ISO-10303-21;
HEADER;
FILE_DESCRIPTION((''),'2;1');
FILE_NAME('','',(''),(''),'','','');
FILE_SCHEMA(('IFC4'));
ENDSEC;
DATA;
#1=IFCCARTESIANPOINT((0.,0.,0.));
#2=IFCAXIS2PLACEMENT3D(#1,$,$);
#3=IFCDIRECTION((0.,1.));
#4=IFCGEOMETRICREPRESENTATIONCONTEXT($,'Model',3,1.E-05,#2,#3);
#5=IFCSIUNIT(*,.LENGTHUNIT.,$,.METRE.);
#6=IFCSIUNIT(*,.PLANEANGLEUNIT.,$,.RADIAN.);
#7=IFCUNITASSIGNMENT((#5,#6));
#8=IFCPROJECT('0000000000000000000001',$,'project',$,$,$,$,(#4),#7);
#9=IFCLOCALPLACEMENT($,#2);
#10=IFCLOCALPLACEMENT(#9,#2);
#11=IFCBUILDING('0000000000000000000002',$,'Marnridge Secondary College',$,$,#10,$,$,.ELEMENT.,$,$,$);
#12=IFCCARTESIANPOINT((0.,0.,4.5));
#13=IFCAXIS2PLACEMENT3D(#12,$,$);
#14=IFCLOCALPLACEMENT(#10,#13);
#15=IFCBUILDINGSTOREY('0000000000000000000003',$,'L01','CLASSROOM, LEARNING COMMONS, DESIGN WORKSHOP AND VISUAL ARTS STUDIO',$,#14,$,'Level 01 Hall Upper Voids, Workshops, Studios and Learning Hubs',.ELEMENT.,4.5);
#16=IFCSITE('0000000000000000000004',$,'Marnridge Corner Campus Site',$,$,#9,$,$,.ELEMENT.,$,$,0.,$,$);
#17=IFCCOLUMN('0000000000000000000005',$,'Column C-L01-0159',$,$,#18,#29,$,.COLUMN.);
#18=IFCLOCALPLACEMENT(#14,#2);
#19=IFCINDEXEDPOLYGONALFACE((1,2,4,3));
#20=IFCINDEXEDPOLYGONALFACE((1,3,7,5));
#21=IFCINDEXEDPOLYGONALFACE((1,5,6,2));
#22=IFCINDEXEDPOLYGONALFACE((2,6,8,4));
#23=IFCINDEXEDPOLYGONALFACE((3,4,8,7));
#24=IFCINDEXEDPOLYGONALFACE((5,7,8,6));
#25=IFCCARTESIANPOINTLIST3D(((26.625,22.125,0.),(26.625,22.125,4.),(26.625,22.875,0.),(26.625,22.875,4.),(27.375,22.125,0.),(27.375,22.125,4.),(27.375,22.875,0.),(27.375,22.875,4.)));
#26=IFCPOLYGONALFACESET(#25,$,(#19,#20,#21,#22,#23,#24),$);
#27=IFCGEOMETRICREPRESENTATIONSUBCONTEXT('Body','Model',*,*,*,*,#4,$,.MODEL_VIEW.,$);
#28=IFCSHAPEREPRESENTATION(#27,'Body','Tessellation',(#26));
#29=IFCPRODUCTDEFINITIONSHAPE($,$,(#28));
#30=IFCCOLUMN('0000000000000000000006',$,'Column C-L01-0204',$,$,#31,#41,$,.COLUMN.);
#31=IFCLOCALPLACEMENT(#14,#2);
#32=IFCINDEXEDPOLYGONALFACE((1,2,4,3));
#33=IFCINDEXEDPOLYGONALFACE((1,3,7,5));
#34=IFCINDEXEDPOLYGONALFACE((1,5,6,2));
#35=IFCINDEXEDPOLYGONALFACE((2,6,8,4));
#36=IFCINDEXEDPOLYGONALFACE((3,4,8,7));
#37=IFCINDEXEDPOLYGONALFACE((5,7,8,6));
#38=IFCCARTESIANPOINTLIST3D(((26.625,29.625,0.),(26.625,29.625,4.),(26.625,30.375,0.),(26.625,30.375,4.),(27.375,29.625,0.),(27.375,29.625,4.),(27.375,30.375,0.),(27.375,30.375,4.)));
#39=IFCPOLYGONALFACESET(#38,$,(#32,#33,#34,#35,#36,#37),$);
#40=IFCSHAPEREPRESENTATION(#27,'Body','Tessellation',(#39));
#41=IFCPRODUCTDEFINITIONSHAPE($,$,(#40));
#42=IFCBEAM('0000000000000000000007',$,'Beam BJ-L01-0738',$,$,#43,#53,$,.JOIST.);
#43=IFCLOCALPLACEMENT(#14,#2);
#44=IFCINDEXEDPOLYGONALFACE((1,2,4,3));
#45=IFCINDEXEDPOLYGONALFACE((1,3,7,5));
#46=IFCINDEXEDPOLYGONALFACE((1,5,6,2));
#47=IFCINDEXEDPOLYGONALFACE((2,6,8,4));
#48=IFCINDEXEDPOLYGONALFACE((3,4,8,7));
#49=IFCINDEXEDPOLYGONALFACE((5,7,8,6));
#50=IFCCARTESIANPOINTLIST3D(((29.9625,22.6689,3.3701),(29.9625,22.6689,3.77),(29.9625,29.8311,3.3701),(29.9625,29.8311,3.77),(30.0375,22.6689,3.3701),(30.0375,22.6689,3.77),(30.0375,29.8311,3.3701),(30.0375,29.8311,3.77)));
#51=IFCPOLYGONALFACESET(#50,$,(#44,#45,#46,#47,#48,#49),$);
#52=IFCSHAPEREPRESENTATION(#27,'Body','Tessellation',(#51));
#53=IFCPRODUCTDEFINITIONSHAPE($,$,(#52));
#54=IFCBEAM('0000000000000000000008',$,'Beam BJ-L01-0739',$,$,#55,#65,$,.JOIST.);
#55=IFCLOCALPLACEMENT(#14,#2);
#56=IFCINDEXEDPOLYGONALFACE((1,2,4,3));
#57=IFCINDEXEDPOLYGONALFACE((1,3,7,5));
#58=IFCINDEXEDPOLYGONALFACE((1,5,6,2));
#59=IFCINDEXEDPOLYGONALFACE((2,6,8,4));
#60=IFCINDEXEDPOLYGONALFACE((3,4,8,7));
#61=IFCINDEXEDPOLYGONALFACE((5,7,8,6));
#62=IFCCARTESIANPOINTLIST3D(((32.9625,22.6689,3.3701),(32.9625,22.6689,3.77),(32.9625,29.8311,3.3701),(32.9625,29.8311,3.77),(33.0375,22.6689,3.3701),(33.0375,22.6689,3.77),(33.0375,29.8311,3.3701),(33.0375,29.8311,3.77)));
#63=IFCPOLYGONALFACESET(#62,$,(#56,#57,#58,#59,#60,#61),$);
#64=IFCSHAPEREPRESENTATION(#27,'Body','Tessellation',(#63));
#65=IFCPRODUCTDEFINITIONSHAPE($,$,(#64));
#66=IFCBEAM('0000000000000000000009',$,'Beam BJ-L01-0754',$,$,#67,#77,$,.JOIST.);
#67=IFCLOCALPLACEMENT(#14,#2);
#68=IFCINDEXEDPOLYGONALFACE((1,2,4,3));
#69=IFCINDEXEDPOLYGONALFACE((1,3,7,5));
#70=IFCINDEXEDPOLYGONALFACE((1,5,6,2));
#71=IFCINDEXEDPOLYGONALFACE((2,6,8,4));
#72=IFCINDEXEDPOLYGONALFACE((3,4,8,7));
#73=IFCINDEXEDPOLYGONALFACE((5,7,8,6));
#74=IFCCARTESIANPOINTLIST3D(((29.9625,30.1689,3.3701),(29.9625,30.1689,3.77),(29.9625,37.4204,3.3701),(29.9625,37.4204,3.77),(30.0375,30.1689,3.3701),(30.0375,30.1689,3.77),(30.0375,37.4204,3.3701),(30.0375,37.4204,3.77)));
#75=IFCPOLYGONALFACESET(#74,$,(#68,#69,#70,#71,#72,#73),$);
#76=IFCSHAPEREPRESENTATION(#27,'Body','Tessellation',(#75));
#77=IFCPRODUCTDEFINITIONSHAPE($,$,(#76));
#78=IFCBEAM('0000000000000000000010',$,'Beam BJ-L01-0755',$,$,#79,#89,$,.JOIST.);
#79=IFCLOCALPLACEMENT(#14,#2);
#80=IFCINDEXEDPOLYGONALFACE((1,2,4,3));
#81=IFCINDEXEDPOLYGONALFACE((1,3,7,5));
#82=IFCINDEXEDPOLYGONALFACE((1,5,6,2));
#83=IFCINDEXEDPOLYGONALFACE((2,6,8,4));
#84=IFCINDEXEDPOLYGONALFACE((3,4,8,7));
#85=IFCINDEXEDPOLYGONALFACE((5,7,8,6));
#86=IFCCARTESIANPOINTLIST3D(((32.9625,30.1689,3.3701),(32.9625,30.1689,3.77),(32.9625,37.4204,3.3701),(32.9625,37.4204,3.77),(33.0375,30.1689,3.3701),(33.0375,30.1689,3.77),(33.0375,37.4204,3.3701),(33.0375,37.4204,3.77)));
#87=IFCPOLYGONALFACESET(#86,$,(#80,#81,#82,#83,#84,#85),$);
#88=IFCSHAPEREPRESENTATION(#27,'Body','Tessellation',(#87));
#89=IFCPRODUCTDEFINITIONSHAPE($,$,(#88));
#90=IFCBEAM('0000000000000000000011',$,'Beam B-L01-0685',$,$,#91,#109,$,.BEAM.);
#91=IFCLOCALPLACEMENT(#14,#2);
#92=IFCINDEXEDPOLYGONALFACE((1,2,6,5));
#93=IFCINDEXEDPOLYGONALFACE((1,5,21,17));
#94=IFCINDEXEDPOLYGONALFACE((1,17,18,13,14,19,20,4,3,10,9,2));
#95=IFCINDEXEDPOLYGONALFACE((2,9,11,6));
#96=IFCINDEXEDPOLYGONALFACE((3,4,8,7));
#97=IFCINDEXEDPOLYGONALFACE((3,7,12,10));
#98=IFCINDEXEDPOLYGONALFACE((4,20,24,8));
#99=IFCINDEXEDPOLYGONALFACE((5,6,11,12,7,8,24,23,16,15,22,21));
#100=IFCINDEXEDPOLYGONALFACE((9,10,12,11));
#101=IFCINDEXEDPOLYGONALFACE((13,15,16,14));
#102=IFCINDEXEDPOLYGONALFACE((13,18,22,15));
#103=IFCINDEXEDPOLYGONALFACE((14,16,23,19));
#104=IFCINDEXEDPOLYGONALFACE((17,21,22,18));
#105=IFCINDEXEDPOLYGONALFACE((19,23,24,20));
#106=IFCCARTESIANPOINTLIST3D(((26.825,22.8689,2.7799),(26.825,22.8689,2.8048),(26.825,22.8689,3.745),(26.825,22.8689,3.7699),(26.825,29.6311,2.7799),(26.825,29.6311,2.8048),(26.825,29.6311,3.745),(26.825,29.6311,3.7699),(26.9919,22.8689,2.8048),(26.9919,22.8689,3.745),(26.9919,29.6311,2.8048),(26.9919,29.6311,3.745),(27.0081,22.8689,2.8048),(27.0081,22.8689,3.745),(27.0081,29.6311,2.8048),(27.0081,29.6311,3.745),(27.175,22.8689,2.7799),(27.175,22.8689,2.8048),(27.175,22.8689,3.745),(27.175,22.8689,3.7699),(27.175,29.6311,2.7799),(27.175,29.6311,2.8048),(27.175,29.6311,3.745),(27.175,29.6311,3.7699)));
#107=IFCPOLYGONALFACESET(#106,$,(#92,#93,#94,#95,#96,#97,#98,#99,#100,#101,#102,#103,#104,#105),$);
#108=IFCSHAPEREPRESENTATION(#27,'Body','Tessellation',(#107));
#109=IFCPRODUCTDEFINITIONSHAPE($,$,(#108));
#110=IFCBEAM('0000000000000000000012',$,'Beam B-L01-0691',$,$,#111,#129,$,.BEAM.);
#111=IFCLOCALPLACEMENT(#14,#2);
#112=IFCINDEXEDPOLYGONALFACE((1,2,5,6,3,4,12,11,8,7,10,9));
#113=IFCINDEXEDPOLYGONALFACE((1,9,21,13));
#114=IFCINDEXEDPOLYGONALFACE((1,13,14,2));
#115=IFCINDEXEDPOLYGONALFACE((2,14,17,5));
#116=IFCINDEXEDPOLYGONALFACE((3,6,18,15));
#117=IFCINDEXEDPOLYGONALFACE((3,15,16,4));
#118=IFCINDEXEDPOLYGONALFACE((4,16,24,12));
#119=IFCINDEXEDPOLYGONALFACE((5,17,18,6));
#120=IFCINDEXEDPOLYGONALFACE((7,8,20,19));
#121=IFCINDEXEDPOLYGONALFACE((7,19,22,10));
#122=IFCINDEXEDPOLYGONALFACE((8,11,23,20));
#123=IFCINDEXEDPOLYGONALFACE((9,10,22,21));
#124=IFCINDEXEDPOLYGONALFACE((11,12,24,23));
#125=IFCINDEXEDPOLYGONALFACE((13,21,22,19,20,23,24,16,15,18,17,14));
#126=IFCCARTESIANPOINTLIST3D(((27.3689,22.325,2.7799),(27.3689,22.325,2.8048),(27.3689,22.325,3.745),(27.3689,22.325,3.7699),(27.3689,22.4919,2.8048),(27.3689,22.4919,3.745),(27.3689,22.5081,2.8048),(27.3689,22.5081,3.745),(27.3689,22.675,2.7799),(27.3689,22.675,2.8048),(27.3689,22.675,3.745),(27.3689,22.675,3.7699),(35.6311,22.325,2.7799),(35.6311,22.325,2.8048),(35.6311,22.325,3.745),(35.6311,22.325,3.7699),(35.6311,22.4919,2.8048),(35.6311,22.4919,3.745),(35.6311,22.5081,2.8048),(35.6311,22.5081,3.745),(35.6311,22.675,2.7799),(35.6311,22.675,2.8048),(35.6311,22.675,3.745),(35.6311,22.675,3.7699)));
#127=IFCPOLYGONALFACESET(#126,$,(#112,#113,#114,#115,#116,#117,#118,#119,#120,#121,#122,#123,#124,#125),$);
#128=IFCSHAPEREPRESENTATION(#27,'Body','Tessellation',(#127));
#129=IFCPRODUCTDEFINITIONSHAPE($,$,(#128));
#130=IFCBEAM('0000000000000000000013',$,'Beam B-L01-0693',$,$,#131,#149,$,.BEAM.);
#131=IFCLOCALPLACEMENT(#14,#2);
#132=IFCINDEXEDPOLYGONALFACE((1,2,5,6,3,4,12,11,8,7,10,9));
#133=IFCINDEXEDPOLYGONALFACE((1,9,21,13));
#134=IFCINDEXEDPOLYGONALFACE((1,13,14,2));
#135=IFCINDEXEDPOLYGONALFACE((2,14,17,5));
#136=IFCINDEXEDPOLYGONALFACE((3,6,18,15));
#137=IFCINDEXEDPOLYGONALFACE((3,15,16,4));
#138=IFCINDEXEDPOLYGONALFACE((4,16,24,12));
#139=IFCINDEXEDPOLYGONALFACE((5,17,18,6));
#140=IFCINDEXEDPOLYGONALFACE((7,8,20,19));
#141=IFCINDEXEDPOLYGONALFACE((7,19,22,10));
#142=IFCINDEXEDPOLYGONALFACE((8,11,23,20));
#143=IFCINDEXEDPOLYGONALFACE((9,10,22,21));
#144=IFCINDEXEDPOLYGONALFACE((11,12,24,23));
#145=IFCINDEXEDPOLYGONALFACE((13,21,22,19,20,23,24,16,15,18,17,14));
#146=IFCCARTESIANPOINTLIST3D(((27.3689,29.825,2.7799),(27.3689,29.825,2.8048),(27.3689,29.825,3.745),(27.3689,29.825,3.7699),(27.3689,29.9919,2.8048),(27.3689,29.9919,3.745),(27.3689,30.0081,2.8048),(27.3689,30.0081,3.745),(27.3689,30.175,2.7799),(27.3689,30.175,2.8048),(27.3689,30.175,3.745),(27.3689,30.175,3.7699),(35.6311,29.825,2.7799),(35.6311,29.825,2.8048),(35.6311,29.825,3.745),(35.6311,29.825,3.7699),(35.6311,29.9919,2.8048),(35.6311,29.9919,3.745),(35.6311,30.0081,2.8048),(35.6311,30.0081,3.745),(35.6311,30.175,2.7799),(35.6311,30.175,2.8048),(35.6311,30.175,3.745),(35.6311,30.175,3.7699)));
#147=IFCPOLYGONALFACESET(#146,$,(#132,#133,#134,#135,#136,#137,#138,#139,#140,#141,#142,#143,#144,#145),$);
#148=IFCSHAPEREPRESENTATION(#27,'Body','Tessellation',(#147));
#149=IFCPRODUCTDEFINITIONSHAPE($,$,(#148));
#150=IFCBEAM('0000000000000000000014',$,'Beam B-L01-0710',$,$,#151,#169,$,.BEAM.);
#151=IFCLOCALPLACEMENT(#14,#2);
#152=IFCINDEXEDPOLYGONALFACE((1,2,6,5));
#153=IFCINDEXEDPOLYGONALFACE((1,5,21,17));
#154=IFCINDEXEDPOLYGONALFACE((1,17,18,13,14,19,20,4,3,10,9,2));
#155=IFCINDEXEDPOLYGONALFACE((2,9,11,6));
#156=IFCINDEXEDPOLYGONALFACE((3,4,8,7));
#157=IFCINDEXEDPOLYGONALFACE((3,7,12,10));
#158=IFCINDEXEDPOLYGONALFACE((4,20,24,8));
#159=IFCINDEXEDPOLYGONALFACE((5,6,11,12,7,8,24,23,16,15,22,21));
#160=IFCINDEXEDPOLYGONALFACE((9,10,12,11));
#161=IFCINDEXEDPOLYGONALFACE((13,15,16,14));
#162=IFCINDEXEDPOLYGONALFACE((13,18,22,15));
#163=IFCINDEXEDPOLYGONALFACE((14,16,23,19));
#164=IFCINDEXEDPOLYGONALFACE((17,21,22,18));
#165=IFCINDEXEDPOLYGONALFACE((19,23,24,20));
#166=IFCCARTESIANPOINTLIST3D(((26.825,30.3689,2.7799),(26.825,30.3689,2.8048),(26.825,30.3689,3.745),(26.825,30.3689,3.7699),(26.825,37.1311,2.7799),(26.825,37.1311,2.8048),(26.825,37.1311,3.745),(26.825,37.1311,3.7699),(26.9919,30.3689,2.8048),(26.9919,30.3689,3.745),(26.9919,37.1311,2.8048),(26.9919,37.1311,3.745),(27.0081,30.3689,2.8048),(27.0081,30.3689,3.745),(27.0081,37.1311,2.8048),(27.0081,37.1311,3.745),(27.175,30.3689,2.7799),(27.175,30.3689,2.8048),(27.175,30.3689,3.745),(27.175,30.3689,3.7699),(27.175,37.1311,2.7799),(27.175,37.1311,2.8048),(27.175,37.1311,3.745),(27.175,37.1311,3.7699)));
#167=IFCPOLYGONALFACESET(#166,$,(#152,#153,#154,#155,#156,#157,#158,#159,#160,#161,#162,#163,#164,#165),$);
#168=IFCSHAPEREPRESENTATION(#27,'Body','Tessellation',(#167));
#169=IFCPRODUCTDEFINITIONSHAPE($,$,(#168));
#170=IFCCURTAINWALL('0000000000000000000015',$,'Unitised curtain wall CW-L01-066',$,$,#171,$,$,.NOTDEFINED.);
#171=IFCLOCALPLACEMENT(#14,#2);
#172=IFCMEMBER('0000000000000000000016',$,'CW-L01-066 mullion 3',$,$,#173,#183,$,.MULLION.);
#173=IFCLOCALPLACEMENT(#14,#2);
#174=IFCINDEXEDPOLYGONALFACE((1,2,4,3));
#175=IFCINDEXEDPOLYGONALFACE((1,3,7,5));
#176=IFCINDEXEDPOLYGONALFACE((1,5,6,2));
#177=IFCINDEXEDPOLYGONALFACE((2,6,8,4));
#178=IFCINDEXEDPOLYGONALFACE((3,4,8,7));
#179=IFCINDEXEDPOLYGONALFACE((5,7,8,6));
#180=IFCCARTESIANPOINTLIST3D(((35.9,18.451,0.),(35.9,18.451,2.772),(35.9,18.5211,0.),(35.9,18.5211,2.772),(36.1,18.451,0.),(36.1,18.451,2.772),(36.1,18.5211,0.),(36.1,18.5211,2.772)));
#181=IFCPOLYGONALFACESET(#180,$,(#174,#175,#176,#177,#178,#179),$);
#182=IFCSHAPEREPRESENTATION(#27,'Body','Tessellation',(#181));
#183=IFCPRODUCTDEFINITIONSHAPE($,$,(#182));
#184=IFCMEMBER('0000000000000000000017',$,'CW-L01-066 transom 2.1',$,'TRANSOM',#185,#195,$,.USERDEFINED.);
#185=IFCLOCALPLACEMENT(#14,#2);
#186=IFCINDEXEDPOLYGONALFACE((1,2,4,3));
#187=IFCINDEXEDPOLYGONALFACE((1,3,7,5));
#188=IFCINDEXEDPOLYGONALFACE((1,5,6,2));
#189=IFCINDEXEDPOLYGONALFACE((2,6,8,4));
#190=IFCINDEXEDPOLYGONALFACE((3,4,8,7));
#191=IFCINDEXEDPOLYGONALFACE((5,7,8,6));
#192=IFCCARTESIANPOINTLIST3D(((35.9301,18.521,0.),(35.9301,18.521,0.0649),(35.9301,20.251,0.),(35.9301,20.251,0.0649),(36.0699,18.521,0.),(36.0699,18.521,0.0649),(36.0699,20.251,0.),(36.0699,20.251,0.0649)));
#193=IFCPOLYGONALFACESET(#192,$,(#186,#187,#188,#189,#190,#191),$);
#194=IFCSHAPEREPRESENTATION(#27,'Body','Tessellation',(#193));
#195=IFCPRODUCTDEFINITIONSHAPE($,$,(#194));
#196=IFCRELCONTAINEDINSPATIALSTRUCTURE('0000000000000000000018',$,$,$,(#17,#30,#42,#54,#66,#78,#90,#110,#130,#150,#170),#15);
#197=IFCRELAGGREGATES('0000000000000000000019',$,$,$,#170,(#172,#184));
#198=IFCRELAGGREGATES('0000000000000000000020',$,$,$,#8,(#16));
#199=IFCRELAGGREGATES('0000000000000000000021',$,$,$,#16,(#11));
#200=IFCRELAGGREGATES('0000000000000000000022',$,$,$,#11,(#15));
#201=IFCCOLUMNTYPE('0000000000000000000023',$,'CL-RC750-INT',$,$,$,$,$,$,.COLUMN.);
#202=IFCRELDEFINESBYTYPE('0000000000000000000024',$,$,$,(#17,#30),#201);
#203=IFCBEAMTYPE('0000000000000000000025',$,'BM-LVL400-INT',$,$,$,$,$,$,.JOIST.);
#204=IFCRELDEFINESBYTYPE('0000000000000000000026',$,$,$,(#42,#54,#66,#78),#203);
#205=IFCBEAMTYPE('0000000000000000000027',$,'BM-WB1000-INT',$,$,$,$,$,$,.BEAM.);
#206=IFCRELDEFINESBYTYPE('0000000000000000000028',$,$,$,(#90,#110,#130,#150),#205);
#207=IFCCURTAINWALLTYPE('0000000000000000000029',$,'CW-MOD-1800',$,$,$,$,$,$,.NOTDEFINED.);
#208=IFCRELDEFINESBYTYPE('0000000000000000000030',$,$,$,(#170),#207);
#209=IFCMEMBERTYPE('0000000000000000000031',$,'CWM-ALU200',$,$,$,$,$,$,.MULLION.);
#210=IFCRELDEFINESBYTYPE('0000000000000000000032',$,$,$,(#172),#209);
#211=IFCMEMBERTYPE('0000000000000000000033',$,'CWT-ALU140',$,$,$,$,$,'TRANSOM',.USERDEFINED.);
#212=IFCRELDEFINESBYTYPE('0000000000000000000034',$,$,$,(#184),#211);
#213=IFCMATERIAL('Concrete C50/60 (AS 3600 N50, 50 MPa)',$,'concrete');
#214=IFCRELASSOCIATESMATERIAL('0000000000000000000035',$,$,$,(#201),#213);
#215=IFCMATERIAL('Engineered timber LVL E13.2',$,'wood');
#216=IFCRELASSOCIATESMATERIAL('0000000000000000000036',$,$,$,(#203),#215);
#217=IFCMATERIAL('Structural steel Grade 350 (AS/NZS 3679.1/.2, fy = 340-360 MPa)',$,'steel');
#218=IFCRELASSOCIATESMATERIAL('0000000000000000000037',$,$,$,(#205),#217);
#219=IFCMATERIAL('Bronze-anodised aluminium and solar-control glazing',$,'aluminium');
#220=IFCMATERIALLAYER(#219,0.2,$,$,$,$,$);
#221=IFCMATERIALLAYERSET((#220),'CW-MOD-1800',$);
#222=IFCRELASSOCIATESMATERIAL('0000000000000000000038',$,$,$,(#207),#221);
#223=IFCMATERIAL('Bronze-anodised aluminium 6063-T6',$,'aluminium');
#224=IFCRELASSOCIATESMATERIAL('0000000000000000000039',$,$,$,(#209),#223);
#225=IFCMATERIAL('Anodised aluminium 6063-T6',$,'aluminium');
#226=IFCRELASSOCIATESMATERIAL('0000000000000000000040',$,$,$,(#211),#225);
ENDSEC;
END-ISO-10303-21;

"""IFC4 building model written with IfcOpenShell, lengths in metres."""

from ifc_helpers import new_model, si_unit, direction, frame, origin, origin_2d, place, context, subcontext, project, spatial, rectangle, i_section, extrude, material, layer, layer_set, material_profile, profile_set, type_object, element, aggregate, save


model = new_model("IFC4")

# Units and contexts
model_context = context("Model", 3, precision=1e-05, world=origin(), true_north=direction((0.0, 1.0)))
body_context = subcontext(model_context, "Body", "Model", "MODEL_VIEW")
ifc_project = project(units=[si_unit("LENGTHUNIT", "METRE"), si_unit("PLANEANGLEUNIT", "RADIAN")], contexts=[model_context])

# Site, building, storey
site_placement = place(None, origin())
site = spatial("IfcSite", under=ifc_project, at=site_placement, Name="Marnridge Corner Campus Site", CompositionType="ELEMENT", RefElevation=0.0)
building_placement = place(site_placement, origin())
building = spatial("IfcBuilding", under=site, at=building_placement, Name="Marnridge Secondary College", CompositionType="ELEMENT")
storey_placement = place(building_placement, frame((0.0, 0.0, 4.5)))
storey = spatial("IfcBuildingStorey", under=building, at=storey_placement, Name="L01", Description="CLASSROOM, LEARNING COMMONS, DESIGN WORKSHOP AND VISUAL ARTS STUDIO", LongName="Level 01 Hall Upper Voids, Workshops, Studios and Learning Hubs", CompositionType="ELEMENT", Elevation=4.5)

# Columns
ifc_material_1 = material(Name="Concrete C50/60 (AS 3600 N50, 50 MPa)", Category="concrete")
ifc_material_profile_1 = material_profile(ifc_material_1, rectangle(XDim=0.75, YDim=0.75, at=origin_2d()), Name="RC 750x750")
ifc_profile_set_1 = profile_set([ifc_material_profile_1], Name="Concrete C50/60 (AS 3600 N50, 50 MPa)")
column_type = type_object("IfcColumnType", Name="CL-RC750-INT", PredefinedType="COLUMN", material=ifc_profile_set_1)
for number, where, z_axis, x_axis, name in (
    (1, (27.0, 22.5, 0.0), (0.0, 0.0, 1.0), (1.0, 0.0, 0.0), "Column C-L01-0159"),
    (2, (27.0, 30.0, 0.0), (0.0, 0.0, 1.0), (1.0, 0.0, 0.0), "Column C-L01-0204"),
):
    element("IfcColumn", number, at=place(storey_placement, frame(where, z_axis=z_axis, x_axis=x_axis)), inside=storey, type_object=column_type, Name=name, PredefinedType="COLUMN", context=body_context, shape_type="SweptSolid", body=[
        extrude(rectangle(XDim=0.75, YDim=0.75, at=origin_2d()), origin(), (0.0, 0.0, 1.0), 4.0),
    ])

# Beams
ifc_material_2 = material(Name="Engineered timber LVL E13.2", Category="wood")
ifc_material_profile_2 = material_profile(ifc_material_2, rectangle(XDim=0.075, YDim=0.3999, at=origin_2d()), Name="LVL 75x400")
ifc_profile_set_2 = profile_set([ifc_material_profile_2], Name="Engineered timber LVL E13.2")
beam_type_1 = type_object("IfcBeamType", Name="BM-LVL400-INT", PredefinedType="JOIST", material=ifc_profile_set_2)
for number, where, z_axis, x_axis, name in (
    (3, (30.0, 22.6689, 3.5701), (0.0, 1.0, 0.0), (-1.0, 0.0, 0.0), "Beam BJ-L01-0738"),
    (4, (33.0, 22.6689, 3.5701), (0.0, 1.0, 0.0), (-1.0, 0.0, 0.0), "Beam BJ-L01-0739"),
):
    element("IfcBeam", number, at=place(storey_placement, frame(where, z_axis=z_axis, x_axis=x_axis)), inside=storey, type_object=beam_type_1, Name=name, PredefinedType="JOIST", context=body_context, shape_type="SweptSolid", body=[
        extrude(rectangle(XDim=0.075, YDim=0.3999, at=origin_2d()), origin(), (0.0, 0.0, 1.0), 7.1621),
    ])
for number, where, z_axis, x_axis, name in (
    (5, (30.0, 30.1689, 3.5701), (0.0, 1.0, 0.0), (-1.0, 0.0, 0.0), "Beam BJ-L01-0754"),
    (6, (33.0, 30.1689, 3.5701), (0.0, 1.0, 0.0), (-1.0, 0.0, 0.0), "Beam BJ-L01-0755"),
):
    element("IfcBeam", number, at=place(storey_placement, frame(where, z_axis=z_axis, x_axis=x_axis)), inside=storey, type_object=beam_type_1, Name=name, PredefinedType="JOIST", context=body_context, shape_type="SweptSolid", body=[
        extrude(rectangle(XDim=0.075, YDim=0.3999, at=origin_2d()), origin(), (0.0, 0.0, 1.0), 7.2515),
    ])
ifc_material_3 = material(Name="Structural steel Grade 350 (AS/NZS 3679.1/.2, fy = 340-360 MPa)", Category="steel")
ifc_material_profile_3 = material_profile(ifc_material_3, i_section(OverallWidth=0.3501, OverallDepth=0.99, WebThickness=0.0161, FlangeThickness=0.0249, at=origin_2d()), Name="1000WB258")
ifc_profile_set_3 = profile_set([ifc_material_profile_3], Name="Structural steel Grade 350 (AS/NZS 3679.1/.2, fy = 340-360 MPa)")
beam_type_2 = type_object("IfcBeamType", Name="BM-WB1000-INT", PredefinedType="BEAM", material=ifc_profile_set_3)
beam_1_placement = place(storey_placement, frame((27.0, 22.8689, 3.2749), z_axis=(0.0, 1.0, 0.0), x_axis=(-1.0, 0.0, 0.0)))
element("IfcBeam", 7, at=beam_1_placement, inside=storey, type_object=beam_type_2, Name="Beam B-L01-0685", PredefinedType="BEAM", context=body_context, shape_type="SweptSolid", body=[
    extrude(i_section(OverallWidth=0.3501, OverallDepth=0.99, WebThickness=0.0161, FlangeThickness=0.0249, at=origin_2d()), origin(), (0.0, 0.0, 1.0), 6.7622),
])
for number, where, z_axis, x_axis, name in (
    (8, (27.3689, 22.5, 3.2749), (1.0, 0.0, 0.0), (0.0, 1.0, 0.0), "Beam B-L01-0691"),
    (9, (27.3689, 30.0, 3.2749), (1.0, 0.0, 0.0), (0.0, 1.0, 0.0), "Beam B-L01-0693"),
):
    element("IfcBeam", number, at=place(storey_placement, frame(where, z_axis=z_axis, x_axis=x_axis)), inside=storey, type_object=beam_type_2, Name=name, PredefinedType="BEAM", context=body_context, shape_type="SweptSolid", body=[
        extrude(i_section(OverallWidth=0.3501, OverallDepth=0.99, WebThickness=0.0161, FlangeThickness=0.0249, at=origin_2d()), origin(), (0.0, 0.0, 1.0), 8.2622),
    ])
beam_2_placement = place(storey_placement, frame((27.0, 30.3689, 3.2749), z_axis=(0.0, 1.0, 0.0), x_axis=(-1.0, 0.0, 0.0)))
element("IfcBeam", 10, at=beam_2_placement, inside=storey, type_object=beam_type_2, Name="Beam B-L01-0710", PredefinedType="BEAM", context=body_context, shape_type="SweptSolid", body=[
    extrude(i_section(OverallWidth=0.3501, OverallDepth=0.99, WebThickness=0.0161, FlangeThickness=0.0249, at=origin_2d()), origin(), (0.0, 0.0, 1.0), 6.7622),
])

# Curtain wall, members
ifc_material_4 = material(Name="Bronze-anodised aluminium and solar-control glazing", Category="aluminium")
ifc_layer_1 = layer(ifc_material_4, 0.2)
ifc_layer_set_1 = layer_set([ifc_layer_1], Name="CW-MOD-1800")
curtain_wall_type = type_object("IfcCurtainWallType", Name="CW-MOD-1800", PredefinedType="NOTDEFINED", material=ifc_layer_set_1)
curtain_wall_placement = place(storey_placement, origin())
curtain_wall = element("IfcCurtainWall", 11, at=curtain_wall_placement, inside=storey, type_object=curtain_wall_type, Name="Unitised curtain wall CW-L01-066", PredefinedType="NOTDEFINED")
ifc_material_5 = material(Name="Bronze-anodised aluminium 6063-T6", Category="aluminium")
ifc_material_profile_4 = material_profile(ifc_material_5, rectangle(XDim=0.0701, YDim=0.2, at=origin_2d()), Name="ALU 70x200")
ifc_profile_set_4 = profile_set([ifc_material_profile_4], Name="Bronze-anodised aluminium 6063-T6")
member_type_1 = type_object("IfcMemberType", Name="CWM-ALU200", PredefinedType="MULLION", material=ifc_profile_set_4)
member_1_placement = place(storey_placement, frame((36.0, 18.4861, 0.0), z_axis=(0.0, 0.0, 1.0), x_axis=(0.0, -1.0, 0.0)))
member_1 = element("IfcMember", 12, at=member_1_placement, type_object=member_type_1, Name="CW-L01-066 mullion 3", PredefinedType="MULLION", context=body_context, shape_type="SweptSolid", body=[
    extrude(rectangle(XDim=0.0701, YDim=0.2, at=origin_2d()), origin(), (0.0, 0.0, 1.0), 2.772),
])
ifc_material_6 = material(Name="Anodised aluminium 6063-T6", Category="aluminium")
ifc_material_profile_5 = material_profile(ifc_material_6, rectangle(XDim=0.0649, YDim=0.1399, at=origin_2d()), Name="ALU 65x140")
ifc_profile_set_5 = profile_set([ifc_material_profile_5], Name="Anodised aluminium 6063-T6")
member_type_2 = type_object("IfcMemberType", Name="CWT-ALU140", ElementType="TRANSOM", PredefinedType="USERDEFINED", material=ifc_profile_set_5)
member_2_placement = place(storey_placement, frame((36.0, 20.251, 0.0325), z_axis=(0.0, -1.0, 0.0), x_axis=(0.0, 0.0, 1.0)))
member_2 = element("IfcMember", 13, at=member_2_placement, type_object=member_type_2, Name="CW-L01-066 transom 2.1", ObjectType="TRANSOM", PredefinedType="USERDEFINED", context=body_context, shape_type="SweptSolid", body=[
    extrude(rectangle(XDim=0.0649, YDim=0.1399, at=origin_2d()), origin(), (0.0, 0.0, 1.0), 1.73),
])
aggregate(curtain_wall, [member_1, member_2])

save(model, "model.ifc")
